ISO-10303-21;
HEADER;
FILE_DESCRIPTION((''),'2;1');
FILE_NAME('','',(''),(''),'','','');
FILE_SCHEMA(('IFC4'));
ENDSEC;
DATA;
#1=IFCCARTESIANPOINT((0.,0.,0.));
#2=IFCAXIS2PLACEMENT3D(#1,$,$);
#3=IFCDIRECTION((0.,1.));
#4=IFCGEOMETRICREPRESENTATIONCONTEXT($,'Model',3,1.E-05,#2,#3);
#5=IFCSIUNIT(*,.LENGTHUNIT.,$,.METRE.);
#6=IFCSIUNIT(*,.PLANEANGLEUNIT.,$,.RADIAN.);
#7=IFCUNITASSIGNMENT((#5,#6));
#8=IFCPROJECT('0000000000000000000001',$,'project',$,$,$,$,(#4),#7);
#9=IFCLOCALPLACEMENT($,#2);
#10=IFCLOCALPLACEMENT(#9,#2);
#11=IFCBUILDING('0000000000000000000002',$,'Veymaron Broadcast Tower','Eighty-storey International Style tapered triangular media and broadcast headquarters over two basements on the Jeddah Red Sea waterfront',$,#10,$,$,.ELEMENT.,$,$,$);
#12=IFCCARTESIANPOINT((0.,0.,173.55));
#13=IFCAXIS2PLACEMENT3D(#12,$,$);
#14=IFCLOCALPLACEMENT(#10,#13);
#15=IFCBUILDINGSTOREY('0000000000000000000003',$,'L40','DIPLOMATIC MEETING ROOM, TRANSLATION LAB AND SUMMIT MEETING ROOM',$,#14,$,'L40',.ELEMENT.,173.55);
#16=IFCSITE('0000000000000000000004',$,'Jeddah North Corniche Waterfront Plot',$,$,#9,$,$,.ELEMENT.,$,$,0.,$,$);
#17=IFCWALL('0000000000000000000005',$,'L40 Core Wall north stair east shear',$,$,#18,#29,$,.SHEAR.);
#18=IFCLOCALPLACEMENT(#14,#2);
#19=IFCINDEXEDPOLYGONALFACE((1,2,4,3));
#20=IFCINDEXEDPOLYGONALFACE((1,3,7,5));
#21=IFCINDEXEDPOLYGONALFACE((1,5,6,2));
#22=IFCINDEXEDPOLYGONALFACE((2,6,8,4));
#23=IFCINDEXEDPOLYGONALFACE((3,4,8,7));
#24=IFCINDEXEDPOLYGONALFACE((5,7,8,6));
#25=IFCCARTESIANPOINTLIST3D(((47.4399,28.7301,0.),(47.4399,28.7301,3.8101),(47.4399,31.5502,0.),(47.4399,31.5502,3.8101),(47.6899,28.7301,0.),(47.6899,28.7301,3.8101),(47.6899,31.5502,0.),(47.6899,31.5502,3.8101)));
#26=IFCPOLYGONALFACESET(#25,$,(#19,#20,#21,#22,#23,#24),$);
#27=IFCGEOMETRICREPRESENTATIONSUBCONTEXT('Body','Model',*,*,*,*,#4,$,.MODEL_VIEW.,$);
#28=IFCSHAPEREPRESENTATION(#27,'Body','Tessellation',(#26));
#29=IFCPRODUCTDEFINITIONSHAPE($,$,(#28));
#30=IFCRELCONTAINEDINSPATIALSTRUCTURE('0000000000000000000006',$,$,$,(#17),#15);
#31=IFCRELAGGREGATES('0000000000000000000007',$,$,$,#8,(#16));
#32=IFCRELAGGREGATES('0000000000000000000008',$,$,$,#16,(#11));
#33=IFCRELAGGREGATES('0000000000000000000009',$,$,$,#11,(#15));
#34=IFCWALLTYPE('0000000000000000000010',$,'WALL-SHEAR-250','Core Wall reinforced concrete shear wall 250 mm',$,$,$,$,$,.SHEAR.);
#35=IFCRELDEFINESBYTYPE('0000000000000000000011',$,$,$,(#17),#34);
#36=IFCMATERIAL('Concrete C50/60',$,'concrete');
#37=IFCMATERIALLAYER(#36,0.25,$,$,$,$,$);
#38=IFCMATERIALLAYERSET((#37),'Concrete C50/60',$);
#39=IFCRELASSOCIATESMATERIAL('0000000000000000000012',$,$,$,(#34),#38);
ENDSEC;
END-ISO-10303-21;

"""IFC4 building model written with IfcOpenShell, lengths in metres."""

from ifc_helpers import new_model, si_unit, direction, frame, frame_2d, origin, place, context, subcontext, project, spatial, rectangle, extrude, material, layer, layer_set, type_object, element, save


model = new_model("IFC4")

# Units and contexts
model_context = context("Model", 3, precision=1e-05, world=origin(), true_north=direction((0.0, 1.0)))
body_context = subcontext(model_context, "Body", "Model", "MODEL_VIEW")
ifc_project = project(units=[si_unit("LENGTHUNIT", "METRE"), si_unit("PLANEANGLEUNIT", "RADIAN")], contexts=[model_context])

# Site, building, storey
site_placement = place(None, origin())
site = spatial("IfcSite", under=ifc_project, at=site_placement, Name="Jeddah North Corniche Waterfront Plot", CompositionType="ELEMENT", RefElevation=0.0)
building_placement = place(site_placement, origin())
building = spatial("IfcBuilding", under=site, at=building_placement, Name="Veymaron Broadcast Tower", Description="Eighty-storey International Style tapered triangular media and broadcast headquarters over two basements on the Jeddah Red Sea waterfront", CompositionType="ELEMENT")
storey_placement = place(building_placement, frame((0.0, 0.0, 173.55)))
storey = spatial("IfcBuildingStorey", under=building, at=storey_placement, Name="L40", Description="DIPLOMATIC MEETING ROOM, TRANSLATION LAB AND SUMMIT MEETING ROOM", LongName="L40", CompositionType="ELEMENT", Elevation=173.55)

# Wall
ifc_material_1 = material(Name="Concrete C50/60", Category="concrete")
ifc_layer_1 = layer(ifc_material_1, 0.25)
ifc_layer_set_1 = layer_set([ifc_layer_1], Name="Concrete C50/60")
wall_type_1 = type_object("IfcWallType", Name="WALL-SHEAR-250", Description="Core Wall reinforced concrete shear wall 250 mm", PredefinedType="SHEAR", material=ifc_layer_set_1)
wall_1_placement = place(storey_placement, frame((47.5649, 28.73, 0.0), z_axis=(0.0, 0.0, 1.0), x_axis=(0.0, 1.0, 0.0)))
element("IfcWall", 1, at=wall_1_placement, inside=storey, type_object=wall_type_1, Name="L40 Core Wall north stair east shear", PredefinedType="SHEAR", context=body_context, shape_type="SweptSolid", body=[
    extrude(rectangle(XDim=2.8201, YDim=0.25, at=frame_2d((1.4102, 0.0))), origin(), (0.0, 0.0, 1.0), 3.8101),
])

save(model, "model.ifc")
